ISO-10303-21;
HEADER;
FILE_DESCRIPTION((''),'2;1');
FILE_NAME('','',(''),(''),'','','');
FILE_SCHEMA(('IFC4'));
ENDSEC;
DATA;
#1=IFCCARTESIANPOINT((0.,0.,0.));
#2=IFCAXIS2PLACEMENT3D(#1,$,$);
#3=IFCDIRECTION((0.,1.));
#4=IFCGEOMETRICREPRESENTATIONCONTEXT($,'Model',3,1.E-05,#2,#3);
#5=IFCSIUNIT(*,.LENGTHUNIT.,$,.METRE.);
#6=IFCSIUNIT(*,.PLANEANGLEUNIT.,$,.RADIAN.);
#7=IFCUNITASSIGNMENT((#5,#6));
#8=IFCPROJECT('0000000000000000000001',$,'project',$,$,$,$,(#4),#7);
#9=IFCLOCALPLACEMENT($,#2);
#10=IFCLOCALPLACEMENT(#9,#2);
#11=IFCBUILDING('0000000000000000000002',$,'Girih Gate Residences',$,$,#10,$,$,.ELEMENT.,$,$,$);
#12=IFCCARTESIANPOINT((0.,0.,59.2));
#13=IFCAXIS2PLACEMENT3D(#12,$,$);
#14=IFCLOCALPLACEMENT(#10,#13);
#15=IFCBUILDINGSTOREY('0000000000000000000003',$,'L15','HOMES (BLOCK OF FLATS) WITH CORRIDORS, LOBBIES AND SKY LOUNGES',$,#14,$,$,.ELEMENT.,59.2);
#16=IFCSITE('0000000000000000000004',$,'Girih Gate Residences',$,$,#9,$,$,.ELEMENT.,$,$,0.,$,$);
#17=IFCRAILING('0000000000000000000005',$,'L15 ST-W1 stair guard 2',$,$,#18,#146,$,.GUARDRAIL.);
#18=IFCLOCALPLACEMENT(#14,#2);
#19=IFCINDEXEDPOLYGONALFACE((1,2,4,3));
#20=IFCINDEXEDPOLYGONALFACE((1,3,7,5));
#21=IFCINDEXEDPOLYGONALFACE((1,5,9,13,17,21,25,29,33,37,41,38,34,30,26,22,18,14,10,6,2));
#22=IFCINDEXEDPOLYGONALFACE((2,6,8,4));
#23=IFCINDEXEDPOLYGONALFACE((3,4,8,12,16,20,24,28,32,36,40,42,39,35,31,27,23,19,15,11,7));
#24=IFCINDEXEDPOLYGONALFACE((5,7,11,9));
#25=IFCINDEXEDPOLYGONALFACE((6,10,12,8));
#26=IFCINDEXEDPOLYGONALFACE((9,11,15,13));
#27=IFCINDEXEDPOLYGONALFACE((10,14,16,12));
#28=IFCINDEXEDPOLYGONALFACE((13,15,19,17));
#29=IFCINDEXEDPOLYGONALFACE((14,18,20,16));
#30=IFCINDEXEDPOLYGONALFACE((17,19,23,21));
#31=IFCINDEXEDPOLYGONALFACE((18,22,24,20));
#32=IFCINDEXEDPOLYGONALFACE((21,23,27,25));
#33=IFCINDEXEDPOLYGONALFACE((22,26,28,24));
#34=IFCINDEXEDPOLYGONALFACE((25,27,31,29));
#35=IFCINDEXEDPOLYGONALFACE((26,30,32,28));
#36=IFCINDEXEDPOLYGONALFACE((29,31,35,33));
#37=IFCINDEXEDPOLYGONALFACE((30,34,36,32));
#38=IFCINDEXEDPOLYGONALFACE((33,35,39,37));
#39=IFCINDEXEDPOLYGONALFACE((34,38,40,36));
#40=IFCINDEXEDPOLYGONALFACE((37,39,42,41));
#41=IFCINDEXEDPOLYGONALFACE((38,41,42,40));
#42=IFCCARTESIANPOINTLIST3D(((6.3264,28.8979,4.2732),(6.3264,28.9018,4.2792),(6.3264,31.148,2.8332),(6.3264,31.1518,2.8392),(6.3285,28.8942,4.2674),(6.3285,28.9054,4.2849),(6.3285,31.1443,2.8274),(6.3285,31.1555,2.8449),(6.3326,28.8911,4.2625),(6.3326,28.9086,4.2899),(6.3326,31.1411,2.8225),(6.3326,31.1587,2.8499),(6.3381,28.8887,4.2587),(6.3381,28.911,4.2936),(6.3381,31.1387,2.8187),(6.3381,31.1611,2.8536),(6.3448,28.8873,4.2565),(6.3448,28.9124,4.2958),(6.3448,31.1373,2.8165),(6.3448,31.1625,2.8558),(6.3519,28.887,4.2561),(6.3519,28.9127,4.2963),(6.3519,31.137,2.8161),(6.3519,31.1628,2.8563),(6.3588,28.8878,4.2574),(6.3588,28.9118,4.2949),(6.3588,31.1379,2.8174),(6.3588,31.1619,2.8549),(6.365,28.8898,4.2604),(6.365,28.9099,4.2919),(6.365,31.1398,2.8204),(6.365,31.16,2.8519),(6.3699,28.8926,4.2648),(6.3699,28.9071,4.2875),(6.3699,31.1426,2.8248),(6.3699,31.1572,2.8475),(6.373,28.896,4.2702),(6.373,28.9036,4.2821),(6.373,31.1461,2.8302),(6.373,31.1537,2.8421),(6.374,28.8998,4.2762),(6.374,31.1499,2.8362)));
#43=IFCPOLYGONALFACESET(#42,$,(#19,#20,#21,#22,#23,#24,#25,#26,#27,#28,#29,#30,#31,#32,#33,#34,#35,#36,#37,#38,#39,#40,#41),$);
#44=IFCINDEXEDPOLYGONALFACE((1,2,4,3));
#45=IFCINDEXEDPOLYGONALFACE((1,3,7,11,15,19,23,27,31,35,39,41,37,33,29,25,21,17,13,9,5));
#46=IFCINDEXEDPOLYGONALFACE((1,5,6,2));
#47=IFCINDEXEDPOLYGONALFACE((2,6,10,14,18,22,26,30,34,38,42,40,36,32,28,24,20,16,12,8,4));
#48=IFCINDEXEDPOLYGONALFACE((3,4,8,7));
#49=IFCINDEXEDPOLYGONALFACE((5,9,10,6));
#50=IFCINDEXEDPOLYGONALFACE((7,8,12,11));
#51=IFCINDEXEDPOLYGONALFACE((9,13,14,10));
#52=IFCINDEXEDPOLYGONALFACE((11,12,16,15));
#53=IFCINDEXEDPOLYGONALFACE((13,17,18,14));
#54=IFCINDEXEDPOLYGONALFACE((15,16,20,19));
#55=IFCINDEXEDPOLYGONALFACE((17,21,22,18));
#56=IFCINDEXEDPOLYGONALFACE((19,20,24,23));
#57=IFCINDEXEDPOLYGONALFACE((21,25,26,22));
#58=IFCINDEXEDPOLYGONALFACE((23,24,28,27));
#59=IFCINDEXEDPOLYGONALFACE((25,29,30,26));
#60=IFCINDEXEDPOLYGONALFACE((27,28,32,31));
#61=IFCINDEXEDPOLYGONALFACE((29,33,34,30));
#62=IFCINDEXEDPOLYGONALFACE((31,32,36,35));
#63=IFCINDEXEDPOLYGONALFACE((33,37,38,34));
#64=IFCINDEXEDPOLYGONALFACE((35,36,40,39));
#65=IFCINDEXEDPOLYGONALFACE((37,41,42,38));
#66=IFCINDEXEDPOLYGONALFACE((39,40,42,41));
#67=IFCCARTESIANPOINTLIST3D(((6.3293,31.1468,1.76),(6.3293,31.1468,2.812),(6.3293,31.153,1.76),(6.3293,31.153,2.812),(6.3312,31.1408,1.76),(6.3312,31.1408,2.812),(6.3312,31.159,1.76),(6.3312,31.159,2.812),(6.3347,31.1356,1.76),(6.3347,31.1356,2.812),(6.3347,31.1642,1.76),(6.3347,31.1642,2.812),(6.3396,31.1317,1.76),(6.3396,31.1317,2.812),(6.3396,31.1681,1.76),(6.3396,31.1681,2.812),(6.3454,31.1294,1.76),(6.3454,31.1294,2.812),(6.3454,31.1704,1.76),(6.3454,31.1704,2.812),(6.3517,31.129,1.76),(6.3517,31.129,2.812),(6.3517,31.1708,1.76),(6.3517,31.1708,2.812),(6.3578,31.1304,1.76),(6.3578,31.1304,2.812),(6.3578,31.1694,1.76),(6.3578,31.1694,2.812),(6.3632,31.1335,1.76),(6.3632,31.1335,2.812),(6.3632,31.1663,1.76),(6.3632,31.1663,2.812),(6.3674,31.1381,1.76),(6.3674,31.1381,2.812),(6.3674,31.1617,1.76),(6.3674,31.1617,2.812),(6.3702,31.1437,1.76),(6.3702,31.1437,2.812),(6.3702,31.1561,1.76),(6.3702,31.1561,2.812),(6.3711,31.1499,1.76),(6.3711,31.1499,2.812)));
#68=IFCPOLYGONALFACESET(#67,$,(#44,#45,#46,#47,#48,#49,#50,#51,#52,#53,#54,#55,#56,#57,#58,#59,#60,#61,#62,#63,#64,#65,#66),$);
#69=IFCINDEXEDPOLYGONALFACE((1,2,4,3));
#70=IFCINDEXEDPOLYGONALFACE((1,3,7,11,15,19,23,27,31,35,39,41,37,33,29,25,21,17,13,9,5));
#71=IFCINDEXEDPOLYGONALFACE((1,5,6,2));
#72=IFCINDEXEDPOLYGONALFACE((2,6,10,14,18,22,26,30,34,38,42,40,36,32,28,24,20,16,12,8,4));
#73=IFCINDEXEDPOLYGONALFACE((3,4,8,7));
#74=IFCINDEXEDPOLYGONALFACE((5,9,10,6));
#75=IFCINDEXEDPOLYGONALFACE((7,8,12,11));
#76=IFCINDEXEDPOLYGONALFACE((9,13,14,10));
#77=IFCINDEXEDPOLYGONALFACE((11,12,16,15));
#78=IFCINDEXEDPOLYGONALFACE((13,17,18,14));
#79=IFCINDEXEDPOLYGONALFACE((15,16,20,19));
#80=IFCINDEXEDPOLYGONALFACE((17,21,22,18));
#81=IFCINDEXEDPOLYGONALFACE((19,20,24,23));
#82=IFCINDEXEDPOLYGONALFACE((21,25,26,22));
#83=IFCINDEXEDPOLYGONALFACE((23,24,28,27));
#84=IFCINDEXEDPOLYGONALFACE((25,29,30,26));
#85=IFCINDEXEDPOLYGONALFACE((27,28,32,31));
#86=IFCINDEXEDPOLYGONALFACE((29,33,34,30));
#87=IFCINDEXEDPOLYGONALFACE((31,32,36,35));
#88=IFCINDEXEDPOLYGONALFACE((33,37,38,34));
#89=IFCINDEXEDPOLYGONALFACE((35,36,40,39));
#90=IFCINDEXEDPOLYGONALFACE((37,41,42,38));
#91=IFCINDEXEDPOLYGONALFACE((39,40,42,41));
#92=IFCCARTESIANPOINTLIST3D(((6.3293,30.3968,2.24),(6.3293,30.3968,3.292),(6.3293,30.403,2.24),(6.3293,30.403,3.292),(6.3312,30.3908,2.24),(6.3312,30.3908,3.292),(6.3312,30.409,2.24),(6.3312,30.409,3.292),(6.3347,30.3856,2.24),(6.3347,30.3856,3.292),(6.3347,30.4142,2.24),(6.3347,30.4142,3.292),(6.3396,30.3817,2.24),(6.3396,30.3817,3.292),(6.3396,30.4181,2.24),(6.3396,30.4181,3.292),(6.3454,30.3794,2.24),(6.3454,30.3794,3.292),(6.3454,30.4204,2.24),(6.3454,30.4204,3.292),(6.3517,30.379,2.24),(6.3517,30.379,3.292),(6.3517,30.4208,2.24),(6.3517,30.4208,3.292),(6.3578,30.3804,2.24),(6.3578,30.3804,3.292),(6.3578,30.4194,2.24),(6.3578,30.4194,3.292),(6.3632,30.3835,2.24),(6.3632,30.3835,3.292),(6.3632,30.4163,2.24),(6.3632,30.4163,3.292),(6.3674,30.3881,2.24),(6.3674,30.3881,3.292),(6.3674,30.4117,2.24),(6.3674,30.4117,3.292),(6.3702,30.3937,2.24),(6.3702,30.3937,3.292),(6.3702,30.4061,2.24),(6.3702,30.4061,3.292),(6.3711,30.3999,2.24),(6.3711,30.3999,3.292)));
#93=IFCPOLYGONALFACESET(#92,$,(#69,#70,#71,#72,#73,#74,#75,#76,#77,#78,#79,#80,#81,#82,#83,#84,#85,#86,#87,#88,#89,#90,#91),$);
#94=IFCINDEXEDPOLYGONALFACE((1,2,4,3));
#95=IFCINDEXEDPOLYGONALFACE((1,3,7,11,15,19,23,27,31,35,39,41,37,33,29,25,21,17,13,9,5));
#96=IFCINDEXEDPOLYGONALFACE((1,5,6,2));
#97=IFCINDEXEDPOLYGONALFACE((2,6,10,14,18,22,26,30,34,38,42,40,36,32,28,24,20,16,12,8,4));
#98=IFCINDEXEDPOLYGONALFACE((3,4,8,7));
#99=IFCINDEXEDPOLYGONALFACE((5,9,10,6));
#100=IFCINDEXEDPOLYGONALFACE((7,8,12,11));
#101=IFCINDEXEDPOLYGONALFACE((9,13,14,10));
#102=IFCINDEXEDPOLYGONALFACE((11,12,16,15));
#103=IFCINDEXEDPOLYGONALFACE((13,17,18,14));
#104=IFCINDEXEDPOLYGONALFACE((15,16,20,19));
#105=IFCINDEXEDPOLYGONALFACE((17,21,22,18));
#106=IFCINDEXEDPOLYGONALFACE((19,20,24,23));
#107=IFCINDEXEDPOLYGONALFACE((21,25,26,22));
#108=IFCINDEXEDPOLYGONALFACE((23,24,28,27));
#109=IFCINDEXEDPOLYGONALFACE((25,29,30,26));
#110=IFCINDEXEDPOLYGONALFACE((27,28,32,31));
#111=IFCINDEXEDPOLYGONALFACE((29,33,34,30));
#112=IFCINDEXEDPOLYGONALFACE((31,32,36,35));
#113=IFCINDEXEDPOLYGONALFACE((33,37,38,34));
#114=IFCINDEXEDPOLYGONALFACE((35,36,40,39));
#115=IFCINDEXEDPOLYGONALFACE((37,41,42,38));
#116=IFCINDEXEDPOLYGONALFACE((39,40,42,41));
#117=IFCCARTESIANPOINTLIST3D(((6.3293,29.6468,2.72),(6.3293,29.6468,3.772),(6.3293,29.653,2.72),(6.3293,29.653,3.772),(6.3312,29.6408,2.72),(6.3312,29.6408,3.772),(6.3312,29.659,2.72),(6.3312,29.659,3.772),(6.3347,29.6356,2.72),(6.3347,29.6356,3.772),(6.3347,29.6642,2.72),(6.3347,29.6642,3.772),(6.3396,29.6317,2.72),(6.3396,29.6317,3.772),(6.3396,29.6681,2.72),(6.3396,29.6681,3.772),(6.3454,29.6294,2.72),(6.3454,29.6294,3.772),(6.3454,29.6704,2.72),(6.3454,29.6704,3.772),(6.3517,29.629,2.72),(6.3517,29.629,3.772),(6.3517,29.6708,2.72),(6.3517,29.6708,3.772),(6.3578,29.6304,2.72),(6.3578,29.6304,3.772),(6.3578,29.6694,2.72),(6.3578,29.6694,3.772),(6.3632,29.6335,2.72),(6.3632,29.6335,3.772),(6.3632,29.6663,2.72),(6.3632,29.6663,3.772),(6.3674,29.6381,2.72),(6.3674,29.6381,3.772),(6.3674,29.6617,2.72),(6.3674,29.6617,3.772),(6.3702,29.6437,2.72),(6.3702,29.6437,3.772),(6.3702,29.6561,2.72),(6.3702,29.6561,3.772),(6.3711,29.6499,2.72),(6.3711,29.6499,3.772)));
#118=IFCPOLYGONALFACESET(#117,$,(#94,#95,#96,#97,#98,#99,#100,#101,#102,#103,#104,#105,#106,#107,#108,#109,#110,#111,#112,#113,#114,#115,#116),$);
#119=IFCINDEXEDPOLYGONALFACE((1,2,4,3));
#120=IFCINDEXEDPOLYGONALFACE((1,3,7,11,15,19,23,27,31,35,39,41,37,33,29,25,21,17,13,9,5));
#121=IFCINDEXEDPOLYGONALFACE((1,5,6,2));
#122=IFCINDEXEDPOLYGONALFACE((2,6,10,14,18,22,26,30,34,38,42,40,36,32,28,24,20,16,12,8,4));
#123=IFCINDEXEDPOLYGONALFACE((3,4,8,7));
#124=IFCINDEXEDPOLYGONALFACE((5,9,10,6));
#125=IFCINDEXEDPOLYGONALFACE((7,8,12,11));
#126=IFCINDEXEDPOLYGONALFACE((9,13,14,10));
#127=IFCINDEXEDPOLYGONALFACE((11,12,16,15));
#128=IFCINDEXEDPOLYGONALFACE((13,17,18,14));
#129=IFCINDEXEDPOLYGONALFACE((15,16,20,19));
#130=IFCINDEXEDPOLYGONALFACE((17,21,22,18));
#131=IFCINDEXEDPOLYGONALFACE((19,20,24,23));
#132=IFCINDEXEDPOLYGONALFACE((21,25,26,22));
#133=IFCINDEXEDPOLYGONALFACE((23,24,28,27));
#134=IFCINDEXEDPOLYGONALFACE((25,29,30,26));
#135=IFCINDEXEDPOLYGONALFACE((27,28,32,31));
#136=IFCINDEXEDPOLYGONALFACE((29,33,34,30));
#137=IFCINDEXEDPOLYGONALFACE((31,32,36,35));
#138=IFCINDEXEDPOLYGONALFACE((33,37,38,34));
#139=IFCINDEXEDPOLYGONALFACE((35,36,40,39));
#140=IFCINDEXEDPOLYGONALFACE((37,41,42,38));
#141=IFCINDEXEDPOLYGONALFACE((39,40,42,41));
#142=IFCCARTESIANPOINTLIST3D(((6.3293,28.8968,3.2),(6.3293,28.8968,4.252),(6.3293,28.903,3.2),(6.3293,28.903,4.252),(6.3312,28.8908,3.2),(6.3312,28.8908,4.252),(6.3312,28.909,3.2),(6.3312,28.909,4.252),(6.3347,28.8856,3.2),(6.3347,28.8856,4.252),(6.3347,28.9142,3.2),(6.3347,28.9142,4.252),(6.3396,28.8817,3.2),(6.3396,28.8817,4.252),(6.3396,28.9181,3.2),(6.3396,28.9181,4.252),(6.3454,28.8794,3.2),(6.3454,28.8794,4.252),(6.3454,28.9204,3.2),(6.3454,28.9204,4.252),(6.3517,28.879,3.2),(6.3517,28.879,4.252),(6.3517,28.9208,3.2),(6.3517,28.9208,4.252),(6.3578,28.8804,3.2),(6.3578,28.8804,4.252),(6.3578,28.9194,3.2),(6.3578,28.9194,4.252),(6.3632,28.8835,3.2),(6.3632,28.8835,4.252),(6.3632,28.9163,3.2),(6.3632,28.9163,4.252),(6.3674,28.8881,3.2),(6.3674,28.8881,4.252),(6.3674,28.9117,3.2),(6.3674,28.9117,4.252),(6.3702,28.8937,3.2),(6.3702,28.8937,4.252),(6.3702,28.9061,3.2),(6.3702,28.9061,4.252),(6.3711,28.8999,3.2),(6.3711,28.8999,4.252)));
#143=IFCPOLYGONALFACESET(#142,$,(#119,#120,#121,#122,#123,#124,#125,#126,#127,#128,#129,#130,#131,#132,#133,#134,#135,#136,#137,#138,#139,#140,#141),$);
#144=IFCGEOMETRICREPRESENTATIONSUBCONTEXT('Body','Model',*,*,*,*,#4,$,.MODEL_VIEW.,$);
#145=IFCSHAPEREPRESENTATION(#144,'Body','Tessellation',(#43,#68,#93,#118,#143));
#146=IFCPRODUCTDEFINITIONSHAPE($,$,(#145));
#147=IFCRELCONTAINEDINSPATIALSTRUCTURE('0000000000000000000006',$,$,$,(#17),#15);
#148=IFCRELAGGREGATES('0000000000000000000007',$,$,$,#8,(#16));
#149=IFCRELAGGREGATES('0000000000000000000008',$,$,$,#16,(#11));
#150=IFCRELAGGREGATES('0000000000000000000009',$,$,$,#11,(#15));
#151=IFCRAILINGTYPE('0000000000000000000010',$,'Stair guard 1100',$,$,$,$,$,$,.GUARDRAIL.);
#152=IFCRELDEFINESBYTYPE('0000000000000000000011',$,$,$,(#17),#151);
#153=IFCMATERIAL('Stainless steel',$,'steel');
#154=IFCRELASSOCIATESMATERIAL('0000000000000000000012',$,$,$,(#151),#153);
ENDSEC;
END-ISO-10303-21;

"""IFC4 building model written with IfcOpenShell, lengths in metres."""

from ifc_helpers import new_model, si_unit, direction, frame, origin, origin_2d, place, context, subcontext, project, spatial, circle, extrude, material, type_object, element, save


model = new_model("IFC4")

# Units and contexts
model_context = context("Model", 3, precision=1e-05, world=origin(), true_north=direction((0.0, 1.0)))
body_context = subcontext(model_context, "Body", "Model", "MODEL_VIEW")
ifc_project = project(units=[si_unit("LENGTHUNIT", "METRE"), si_unit("PLANEANGLEUNIT", "RADIAN")], contexts=[model_context])

# Site, building, storey
site_placement = place(None, origin())
site = spatial("IfcSite", under=ifc_project, at=site_placement, Name="Girih Gate Residences", CompositionType="ELEMENT", RefElevation=0.0)
building_placement = place(site_placement, origin())
building = spatial("IfcBuilding", under=site, at=building_placement, Name="Girih Gate Residences", CompositionType="ELEMENT")
storey_placement = place(building_placement, frame((0.0, 0.0, 59.2)))
storey = spatial("IfcBuildingStorey", under=building, at=storey_placement, Name="L15", Description="HOMES (BLOCK OF FLATS) WITH CORRIDORS, LOBBIES AND SKY LOUNGES", CompositionType="ELEMENT", Elevation=59.2)

# Shared definitions
ifc_material_1 = material(Name="Stainless steel", Category="steel")

# Railing
railing_type = type_object("IfcRailingType", Name="Stair guard 1100", PredefinedType="GUARDRAIL", material=ifc_material_1)
railing_placement = place(storey_placement, frame((6.3501, 31.1499, 1.76)))
element("IfcRailing", 1, at=railing_placement, inside=storey, type_object=railing_type, Name="L15 ST-W1 stair guard 2", PredefinedType="GUARDRAIL", context=body_context, shape_type="SweptSolid", body=[
    extrude(circle(Radius=0.0239, at=origin_2d()), frame((0.0, 0.0, 1.0762), z_axis=(0.0, -0.842281, 0.539038), x_axis=(1.0, 0.0, 0.0)), (0.0, 0.0, 1.0), 2.6714),
    extrude(circle(Radius=0.021, at=origin_2d()), origin(), (0.0, 0.0, 1.0), 1.052),
    extrude(circle(Radius=0.021, at=origin_2d()), frame((0.0, -0.75, 0.48)), (0.0, 0.0, 1.0), 1.052),
    extrude(circle(Radius=0.021, at=origin_2d()), frame((0.0, -1.5, 0.96)), (0.0, 0.0, 1.0), 1.052),
    extrude(circle(Radius=0.021, at=origin_2d()), frame((0.0, -2.25, 1.4399)), (0.0, 0.0, 1.0), 1.052),
])

save(model, "model.ifc")
